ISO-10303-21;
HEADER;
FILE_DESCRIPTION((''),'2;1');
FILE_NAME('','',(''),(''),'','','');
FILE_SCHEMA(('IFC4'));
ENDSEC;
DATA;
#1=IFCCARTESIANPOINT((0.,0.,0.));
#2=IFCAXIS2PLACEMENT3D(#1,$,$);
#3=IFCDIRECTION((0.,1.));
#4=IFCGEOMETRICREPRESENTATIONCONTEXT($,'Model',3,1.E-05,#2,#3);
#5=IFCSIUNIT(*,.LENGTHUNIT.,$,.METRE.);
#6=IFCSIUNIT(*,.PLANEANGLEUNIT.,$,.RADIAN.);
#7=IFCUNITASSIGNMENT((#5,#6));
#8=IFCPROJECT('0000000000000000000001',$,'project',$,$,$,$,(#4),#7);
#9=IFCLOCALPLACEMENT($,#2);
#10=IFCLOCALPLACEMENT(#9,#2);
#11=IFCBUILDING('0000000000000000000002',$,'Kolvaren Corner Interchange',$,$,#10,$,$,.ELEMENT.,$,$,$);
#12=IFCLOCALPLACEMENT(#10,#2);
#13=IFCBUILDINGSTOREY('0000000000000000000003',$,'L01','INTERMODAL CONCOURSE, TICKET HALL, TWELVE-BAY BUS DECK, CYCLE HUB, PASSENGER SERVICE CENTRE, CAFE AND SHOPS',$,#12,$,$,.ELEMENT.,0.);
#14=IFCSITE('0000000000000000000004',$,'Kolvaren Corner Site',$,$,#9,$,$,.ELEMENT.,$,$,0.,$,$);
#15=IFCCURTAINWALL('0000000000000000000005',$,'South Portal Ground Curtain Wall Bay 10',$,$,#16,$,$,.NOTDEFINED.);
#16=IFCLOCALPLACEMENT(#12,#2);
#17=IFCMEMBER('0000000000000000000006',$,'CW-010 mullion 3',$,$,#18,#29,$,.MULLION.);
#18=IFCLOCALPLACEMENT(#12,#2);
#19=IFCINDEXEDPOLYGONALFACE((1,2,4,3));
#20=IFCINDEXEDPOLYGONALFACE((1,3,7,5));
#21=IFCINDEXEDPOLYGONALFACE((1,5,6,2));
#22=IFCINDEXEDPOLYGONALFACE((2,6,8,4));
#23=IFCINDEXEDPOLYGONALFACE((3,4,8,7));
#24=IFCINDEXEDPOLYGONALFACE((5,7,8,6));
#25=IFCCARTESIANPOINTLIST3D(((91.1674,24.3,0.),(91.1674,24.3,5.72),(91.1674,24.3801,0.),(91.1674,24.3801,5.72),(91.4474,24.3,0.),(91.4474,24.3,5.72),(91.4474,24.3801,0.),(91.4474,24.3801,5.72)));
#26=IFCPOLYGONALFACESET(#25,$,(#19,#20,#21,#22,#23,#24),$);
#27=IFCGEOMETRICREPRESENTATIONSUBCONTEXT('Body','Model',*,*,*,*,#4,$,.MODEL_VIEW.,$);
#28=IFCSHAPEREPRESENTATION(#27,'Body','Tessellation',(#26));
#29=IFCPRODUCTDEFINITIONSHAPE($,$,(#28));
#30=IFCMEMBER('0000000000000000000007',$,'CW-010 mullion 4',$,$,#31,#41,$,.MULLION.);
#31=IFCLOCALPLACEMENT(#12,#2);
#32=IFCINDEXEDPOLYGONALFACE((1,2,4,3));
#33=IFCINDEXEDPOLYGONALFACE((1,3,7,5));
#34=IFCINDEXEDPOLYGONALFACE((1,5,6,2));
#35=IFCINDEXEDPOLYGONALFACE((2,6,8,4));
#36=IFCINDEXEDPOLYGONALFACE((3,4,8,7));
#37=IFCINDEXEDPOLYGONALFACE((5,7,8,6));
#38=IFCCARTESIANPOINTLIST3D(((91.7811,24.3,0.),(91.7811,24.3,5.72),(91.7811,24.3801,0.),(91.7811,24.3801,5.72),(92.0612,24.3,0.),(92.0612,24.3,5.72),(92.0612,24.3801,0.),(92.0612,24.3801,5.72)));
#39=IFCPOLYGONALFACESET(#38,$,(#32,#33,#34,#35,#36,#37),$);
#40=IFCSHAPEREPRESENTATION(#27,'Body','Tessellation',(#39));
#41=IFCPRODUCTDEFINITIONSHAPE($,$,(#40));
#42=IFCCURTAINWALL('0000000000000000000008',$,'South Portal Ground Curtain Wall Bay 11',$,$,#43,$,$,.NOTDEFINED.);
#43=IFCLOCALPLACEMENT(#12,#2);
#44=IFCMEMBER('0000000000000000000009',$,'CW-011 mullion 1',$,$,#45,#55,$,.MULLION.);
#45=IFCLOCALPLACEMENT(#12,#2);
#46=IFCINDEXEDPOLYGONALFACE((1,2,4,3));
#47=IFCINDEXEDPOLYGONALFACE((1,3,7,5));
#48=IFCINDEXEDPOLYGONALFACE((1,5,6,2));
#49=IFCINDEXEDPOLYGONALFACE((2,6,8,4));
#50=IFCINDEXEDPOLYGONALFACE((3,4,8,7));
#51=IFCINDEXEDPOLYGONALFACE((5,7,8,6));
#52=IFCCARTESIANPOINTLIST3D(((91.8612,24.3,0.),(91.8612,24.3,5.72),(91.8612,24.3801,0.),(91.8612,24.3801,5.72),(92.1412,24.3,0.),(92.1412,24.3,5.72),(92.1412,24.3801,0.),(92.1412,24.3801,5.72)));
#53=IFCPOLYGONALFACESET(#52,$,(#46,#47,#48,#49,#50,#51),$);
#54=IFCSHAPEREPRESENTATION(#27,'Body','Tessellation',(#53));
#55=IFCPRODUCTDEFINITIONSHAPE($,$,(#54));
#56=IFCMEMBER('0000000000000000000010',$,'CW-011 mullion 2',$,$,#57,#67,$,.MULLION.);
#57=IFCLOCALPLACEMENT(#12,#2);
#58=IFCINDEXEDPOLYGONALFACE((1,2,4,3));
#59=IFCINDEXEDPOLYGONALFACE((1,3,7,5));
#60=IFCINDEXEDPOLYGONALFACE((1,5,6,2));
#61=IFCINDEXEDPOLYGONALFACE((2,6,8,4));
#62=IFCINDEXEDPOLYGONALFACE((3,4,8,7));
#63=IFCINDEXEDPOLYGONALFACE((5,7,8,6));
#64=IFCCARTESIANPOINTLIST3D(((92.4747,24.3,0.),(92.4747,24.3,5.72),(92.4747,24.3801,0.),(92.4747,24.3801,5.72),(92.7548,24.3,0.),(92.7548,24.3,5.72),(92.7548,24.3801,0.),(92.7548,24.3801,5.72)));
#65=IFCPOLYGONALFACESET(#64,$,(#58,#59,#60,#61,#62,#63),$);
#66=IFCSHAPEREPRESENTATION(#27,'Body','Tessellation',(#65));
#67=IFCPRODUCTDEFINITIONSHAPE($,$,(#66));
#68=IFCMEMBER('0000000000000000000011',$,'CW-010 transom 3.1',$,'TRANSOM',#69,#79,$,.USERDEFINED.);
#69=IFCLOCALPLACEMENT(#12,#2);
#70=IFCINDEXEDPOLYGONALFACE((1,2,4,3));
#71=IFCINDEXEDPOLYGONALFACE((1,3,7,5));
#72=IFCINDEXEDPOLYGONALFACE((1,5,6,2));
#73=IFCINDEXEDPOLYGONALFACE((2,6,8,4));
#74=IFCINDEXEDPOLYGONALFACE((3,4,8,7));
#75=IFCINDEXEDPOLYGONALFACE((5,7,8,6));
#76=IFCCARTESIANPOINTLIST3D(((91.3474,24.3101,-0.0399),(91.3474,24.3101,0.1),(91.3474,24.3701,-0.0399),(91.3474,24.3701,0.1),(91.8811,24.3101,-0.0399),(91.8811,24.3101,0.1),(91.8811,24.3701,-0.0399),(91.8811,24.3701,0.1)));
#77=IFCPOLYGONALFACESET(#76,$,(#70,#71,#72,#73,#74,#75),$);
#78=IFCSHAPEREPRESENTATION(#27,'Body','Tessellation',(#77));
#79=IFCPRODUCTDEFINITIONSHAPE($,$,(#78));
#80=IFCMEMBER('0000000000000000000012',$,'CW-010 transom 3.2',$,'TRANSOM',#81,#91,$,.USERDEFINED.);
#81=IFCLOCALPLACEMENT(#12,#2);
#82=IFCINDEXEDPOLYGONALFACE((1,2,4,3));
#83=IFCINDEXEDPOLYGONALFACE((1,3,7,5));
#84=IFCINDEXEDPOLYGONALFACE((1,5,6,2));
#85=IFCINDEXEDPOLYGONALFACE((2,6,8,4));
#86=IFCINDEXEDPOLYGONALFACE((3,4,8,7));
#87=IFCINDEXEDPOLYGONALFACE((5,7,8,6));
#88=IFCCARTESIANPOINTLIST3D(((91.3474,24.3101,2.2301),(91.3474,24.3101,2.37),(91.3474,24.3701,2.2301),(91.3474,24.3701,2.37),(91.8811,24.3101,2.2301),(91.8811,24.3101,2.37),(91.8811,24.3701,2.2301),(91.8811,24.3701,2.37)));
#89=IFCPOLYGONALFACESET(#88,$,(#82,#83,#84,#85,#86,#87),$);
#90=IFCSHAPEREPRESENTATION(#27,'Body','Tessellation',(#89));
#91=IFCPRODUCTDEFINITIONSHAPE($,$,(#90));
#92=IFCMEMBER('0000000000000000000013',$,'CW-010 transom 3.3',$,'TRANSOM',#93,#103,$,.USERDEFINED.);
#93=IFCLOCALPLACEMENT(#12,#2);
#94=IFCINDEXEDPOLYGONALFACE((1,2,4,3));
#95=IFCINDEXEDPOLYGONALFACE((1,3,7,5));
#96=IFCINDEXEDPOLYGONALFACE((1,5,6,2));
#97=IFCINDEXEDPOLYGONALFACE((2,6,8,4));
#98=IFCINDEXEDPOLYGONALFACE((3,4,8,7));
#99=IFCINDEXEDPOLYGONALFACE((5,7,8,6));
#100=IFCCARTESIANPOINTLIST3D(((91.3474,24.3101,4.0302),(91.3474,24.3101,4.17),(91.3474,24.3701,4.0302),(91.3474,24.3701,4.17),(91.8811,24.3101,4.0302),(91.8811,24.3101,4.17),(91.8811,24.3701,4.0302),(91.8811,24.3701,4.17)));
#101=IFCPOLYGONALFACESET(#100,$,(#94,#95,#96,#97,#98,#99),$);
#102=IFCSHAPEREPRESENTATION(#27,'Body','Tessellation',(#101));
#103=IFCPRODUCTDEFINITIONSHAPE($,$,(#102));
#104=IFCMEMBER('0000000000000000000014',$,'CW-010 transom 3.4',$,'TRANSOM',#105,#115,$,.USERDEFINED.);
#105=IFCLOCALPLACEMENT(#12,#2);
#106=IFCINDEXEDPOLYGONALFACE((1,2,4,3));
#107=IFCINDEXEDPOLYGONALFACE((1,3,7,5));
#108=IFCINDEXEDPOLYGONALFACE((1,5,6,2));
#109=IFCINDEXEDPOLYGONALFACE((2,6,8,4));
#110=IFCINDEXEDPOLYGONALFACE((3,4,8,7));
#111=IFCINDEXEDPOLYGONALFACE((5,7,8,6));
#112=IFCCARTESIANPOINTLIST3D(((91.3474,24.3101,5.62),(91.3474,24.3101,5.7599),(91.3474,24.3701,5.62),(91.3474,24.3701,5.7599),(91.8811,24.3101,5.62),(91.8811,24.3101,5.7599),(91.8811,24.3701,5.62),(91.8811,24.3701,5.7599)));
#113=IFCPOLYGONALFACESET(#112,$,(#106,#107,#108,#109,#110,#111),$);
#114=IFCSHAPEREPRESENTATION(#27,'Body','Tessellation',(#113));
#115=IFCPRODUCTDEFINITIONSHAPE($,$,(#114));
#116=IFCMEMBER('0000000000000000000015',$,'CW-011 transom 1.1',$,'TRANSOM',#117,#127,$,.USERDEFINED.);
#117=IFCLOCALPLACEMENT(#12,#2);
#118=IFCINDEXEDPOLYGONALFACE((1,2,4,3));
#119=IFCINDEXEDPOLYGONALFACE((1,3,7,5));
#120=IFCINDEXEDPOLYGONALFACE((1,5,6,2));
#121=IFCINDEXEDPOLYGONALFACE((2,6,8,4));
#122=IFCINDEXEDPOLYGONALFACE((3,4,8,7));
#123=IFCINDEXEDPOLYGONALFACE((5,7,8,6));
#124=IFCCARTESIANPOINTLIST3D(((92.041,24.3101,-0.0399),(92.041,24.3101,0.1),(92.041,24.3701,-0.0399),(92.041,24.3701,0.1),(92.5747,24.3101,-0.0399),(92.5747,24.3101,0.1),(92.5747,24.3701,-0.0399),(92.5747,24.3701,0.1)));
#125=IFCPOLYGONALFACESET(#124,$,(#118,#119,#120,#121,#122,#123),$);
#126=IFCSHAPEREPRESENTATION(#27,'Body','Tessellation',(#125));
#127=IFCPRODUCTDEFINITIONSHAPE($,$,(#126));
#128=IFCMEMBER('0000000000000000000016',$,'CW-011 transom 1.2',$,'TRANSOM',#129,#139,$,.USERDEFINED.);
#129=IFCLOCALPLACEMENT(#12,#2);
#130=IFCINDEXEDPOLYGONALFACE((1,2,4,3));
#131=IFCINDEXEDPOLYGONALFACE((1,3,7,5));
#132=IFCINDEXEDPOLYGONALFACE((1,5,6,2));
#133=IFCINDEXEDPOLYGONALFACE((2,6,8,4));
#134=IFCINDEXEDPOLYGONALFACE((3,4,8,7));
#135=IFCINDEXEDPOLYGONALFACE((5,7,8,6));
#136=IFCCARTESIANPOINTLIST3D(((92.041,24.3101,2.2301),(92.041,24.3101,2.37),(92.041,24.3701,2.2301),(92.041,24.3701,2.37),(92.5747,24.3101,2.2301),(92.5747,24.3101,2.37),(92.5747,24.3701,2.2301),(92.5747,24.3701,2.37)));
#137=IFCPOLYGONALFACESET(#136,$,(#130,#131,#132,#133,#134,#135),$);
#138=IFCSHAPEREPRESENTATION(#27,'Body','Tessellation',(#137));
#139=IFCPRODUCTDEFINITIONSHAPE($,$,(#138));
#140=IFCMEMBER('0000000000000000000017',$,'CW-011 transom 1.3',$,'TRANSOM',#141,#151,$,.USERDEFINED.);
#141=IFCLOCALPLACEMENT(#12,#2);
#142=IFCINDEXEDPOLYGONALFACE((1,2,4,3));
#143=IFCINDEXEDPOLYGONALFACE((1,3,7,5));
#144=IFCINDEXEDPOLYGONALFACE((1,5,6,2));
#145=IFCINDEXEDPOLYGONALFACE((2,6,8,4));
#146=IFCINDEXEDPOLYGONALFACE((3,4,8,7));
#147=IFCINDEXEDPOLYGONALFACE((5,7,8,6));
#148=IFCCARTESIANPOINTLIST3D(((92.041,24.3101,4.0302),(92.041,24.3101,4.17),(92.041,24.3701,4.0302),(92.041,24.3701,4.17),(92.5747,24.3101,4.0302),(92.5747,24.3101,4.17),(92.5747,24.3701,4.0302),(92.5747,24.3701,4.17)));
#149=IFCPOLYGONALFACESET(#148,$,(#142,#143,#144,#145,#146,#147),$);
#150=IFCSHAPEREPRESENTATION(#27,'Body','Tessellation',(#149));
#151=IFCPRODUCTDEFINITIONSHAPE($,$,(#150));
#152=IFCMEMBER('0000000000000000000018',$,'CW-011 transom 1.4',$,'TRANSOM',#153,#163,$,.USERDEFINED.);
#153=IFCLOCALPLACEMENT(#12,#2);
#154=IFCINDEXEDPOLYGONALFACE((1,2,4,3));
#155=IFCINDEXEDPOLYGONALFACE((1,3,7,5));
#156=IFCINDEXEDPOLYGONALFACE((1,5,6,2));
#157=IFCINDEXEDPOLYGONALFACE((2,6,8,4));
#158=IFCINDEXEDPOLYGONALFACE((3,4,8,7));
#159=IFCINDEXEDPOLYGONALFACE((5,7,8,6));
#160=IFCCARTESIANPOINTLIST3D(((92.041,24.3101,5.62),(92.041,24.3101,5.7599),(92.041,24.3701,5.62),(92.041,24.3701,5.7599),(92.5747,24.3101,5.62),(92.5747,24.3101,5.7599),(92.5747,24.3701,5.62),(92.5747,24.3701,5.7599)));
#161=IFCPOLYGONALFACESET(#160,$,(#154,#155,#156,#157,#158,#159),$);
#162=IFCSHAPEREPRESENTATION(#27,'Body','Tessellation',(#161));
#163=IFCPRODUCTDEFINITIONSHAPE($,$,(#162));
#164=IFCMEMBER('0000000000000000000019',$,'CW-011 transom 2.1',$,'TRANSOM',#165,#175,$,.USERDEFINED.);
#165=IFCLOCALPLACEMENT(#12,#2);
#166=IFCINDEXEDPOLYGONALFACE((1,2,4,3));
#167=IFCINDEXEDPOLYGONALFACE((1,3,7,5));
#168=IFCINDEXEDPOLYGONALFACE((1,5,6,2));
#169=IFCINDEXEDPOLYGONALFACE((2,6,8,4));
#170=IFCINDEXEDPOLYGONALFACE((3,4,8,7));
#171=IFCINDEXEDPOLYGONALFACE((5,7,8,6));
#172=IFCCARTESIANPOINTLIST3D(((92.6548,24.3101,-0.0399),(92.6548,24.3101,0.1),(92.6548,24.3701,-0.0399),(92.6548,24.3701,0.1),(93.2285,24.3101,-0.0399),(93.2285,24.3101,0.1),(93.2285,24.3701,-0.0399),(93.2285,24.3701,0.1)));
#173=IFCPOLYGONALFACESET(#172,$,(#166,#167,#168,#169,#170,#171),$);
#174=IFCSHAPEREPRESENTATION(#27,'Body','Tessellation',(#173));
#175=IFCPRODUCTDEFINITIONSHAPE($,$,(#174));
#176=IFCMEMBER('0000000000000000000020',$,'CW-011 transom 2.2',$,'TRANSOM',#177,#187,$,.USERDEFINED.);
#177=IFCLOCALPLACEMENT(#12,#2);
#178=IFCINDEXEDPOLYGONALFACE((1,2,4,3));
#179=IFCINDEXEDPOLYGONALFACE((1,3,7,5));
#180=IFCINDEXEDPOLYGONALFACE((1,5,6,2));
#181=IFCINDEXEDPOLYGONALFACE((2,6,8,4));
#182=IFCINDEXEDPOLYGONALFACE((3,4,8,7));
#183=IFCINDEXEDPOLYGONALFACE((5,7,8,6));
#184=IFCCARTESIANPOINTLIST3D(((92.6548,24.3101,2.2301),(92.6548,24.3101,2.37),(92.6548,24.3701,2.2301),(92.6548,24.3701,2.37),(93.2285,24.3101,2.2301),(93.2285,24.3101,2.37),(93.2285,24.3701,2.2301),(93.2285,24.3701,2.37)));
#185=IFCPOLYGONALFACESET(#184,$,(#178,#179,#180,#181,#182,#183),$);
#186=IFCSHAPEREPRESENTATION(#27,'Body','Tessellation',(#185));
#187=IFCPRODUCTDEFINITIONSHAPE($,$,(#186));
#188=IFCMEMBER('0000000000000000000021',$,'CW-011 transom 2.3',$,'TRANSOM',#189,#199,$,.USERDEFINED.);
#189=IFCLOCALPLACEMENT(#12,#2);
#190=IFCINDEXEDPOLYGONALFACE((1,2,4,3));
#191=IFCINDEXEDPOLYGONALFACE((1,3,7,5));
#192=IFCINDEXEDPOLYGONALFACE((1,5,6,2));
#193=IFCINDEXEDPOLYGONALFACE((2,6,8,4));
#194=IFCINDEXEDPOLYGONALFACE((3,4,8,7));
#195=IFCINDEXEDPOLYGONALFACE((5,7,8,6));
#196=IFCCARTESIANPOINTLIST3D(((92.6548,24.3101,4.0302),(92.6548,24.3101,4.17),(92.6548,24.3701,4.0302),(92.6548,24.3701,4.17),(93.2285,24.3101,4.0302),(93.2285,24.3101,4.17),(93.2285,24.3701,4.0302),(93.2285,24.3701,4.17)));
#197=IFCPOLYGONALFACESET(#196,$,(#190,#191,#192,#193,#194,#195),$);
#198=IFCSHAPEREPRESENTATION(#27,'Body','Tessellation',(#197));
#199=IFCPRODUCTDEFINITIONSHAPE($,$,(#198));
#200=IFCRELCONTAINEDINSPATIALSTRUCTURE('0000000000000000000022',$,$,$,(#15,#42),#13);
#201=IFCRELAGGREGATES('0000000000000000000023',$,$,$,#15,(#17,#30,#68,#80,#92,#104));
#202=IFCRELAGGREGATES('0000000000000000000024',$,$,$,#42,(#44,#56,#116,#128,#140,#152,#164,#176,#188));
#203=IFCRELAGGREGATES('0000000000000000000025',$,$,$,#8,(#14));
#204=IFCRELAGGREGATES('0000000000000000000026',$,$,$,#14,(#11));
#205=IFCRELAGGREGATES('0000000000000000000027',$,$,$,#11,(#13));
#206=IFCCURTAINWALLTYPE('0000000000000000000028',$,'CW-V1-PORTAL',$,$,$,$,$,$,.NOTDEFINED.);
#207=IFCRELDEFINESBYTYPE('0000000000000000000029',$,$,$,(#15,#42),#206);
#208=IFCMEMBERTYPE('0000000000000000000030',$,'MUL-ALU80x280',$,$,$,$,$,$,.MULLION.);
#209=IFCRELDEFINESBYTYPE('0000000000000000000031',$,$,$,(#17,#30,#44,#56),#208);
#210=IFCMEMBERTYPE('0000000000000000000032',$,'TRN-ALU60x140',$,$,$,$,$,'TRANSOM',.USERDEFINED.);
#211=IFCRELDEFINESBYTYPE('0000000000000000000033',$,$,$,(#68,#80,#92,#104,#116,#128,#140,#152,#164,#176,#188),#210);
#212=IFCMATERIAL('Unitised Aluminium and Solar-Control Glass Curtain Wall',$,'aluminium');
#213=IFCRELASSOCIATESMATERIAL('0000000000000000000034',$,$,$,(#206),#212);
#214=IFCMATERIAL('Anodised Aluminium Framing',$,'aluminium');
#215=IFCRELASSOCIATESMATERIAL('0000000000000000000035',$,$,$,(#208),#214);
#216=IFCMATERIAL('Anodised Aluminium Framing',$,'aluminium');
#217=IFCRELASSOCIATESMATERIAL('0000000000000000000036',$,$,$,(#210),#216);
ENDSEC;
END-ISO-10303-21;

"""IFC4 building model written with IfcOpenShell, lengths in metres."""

from ifc_helpers import new_model, si_unit, direction, frame, origin, origin_2d, place, context, subcontext, project, spatial, rectangle, extrude, material, material_profile, profile_set, type_object, element, aggregate, save


model = new_model("IFC4")

# Units and contexts
model_context = context("Model", 3, precision=1e-05, world=origin(), true_north=direction((0.0, 1.0)))
body_context = subcontext(model_context, "Body", "Model", "MODEL_VIEW")
ifc_project = project(units=[si_unit("LENGTHUNIT", "METRE"), si_unit("PLANEANGLEUNIT", "RADIAN")], contexts=[model_context])

# Site, building, storey
site_placement = place(None, origin())
site = spatial("IfcSite", under=ifc_project, at=site_placement, Name="Kolvaren Corner Site", CompositionType="ELEMENT", RefElevation=0.0)
building_placement = place(site_placement, origin())
building = spatial("IfcBuilding", under=site, at=building_placement, Name="Kolvaren Corner Interchange", CompositionType="ELEMENT")
storey_placement = place(building_placement, origin())
storey = spatial("IfcBuildingStorey", under=building, at=storey_placement, Name="L01", Description="INTERMODAL CONCOURSE, TICKET HALL, TWELVE-BAY BUS DECK, CYCLE HUB, PASSENGER SERVICE CENTRE, CAFE AND SHOPS", CompositionType="ELEMENT", Elevation=0.0)

# Curtain walls, members
ifc_material_1 = material(Name="Unitised Aluminium and Solar-Control Glass Curtain Wall", Category="aluminium")
curtain_wall_type = type_object("IfcCurtainWallType", Name="CW-V1-PORTAL", PredefinedType="NOTDEFINED", material=ifc_material_1)
curtain_wall_1_placement = place(storey_placement, origin())
curtain_wall_1 = element("IfcCurtainWall", 1, at=curtain_wall_1_placement, inside=storey, type_object=curtain_wall_type, Name="South Portal Ground Curtain Wall Bay 10", PredefinedType="NOTDEFINED")
ifc_material_2 = material(Name="Anodised Aluminium Framing", Category="aluminium")
ifc_material_profile_1 = material_profile(ifc_material_2, rectangle(XDim=0.0801, YDim=0.28, at=origin_2d()), Name="ALU 80x280")
ifc_profile_set_1 = profile_set([ifc_material_profile_1], Name="Anodised Aluminium Framing")
member_type_1 = type_object("IfcMemberType", Name="MUL-ALU80x280", PredefinedType="MULLION", material=ifc_profile_set_1)
member_1_placement = place(storey_placement, frame((91.3074, 24.3401, 0.0), z_axis=(0.0, 0.0, 1.0), x_axis=(0.0, 1.0, 0.0)))
member_1 = element("IfcMember", 2, at=member_1_placement, type_object=member_type_1, Name="CW-010 mullion 3", PredefinedType="MULLION", context=body_context, shape_type="SweptSolid", body=[
    extrude(rectangle(XDim=0.0801, YDim=0.28, at=origin_2d()), origin(), (0.0, 0.0, 1.0), 5.72),
])
member_2_placement = place(storey_placement, frame((91.9211, 24.3401, 0.0), z_axis=(0.0, 0.0, 1.0), x_axis=(0.0, 1.0, 0.0)))
member_2 = element("IfcMember", 3, at=member_2_placement, type_object=member_type_1, Name="CW-010 mullion 4", PredefinedType="MULLION", context=body_context, shape_type="SweptSolid", body=[
    extrude(rectangle(XDim=0.0801, YDim=0.28, at=origin_2d()), origin(), (0.0, 0.0, 1.0), 5.72),
])
curtain_wall_2_placement = place(storey_placement, origin())
curtain_wall_2 = element("IfcCurtainWall", 4, at=curtain_wall_2_placement, inside=storey, type_object=curtain_wall_type, Name="South Portal Ground Curtain Wall Bay 11", PredefinedType="NOTDEFINED")
member_3_placement = place(storey_placement, frame((92.0012, 24.3401, 0.0), z_axis=(0.0, 0.0, 1.0), x_axis=(0.0, 1.0, 0.0)))
member_3 = element("IfcMember", 5, at=member_3_placement, type_object=member_type_1, Name="CW-011 mullion 1", PredefinedType="MULLION", context=body_context, shape_type="SweptSolid", body=[
    extrude(rectangle(XDim=0.0801, YDim=0.28, at=origin_2d()), origin(), (0.0, 0.0, 1.0), 5.72),
])
member_4_placement = place(storey_placement, frame((92.6147, 24.3401, 0.0), z_axis=(0.0, 0.0, 1.0), x_axis=(0.0, 1.0, 0.0)))
member_4 = element("IfcMember", 6, at=member_4_placement, type_object=member_type_1, Name="CW-011 mullion 2", PredefinedType="MULLION", context=body_context, shape_type="SweptSolid", body=[
    extrude(rectangle(XDim=0.0801, YDim=0.28, at=origin_2d()), origin(), (0.0, 0.0, 1.0), 5.72),
])

# Members
ifc_material_3 = material(Name="Anodised Aluminium Framing", Category="aluminium")
ifc_material_profile_2 = material_profile(ifc_material_3, rectangle(XDim=0.0601, YDim=0.1399, at=origin_2d()), Name="ALU 60x140")
ifc_profile_set_2 = profile_set([ifc_material_profile_2], Name="Anodised Aluminium Framing")
member_type_2 = type_object("IfcMemberType", Name="TRN-ALU60x140", ElementType="TRANSOM", PredefinedType="USERDEFINED", material=ifc_profile_set_2)
member_5_placement = place(storey_placement, frame((91.3474, 24.3401, 0.03), z_axis=(1.0, 0.0, 0.0), x_axis=(0.0, 1.0, 0.0)))
member_5 = element("IfcMember", 7, at=member_5_placement, type_object=member_type_2, Name="CW-010 transom 3.1", ObjectType="TRANSOM", PredefinedType="USERDEFINED", context=body_context, shape_type="SweptSolid", body=[
    extrude(rectangle(XDim=0.0601, YDim=0.1399, at=origin_2d()), origin(), (0.0, 0.0, 1.0), 0.5337),
])
member_6_placement = place(storey_placement, frame((91.3474, 24.3401, 2.3), z_axis=(1.0, 0.0, 0.0), x_axis=(0.0, 1.0, 0.0)))
member_6 = element("IfcMember", 8, at=member_6_placement, type_object=member_type_2, Name="CW-010 transom 3.2", ObjectType="TRANSOM", PredefinedType="USERDEFINED", context=body_context, shape_type="SweptSolid", body=[
    extrude(rectangle(XDim=0.0601, YDim=0.1399, at=origin_2d()), origin(), (0.0, 0.0, 1.0), 0.5337),
])
member_7_placement = place(storey_placement, frame((91.3474, 24.3401, 4.1001), z_axis=(1.0, 0.0, 0.0), x_axis=(0.0, 1.0, 0.0)))
member_7 = element("IfcMember", 9, at=member_7_placement, type_object=member_type_2, Name="CW-010 transom 3.3", ObjectType="TRANSOM", PredefinedType="USERDEFINED", context=body_context, shape_type="SweptSolid", body=[
    extrude(rectangle(XDim=0.0601, YDim=0.1399, at=origin_2d()), origin(), (0.0, 0.0, 1.0), 0.5337),
])
member_8_placement = place(storey_placement, frame((91.3474, 24.3401, 5.6899), z_axis=(1.0, 0.0, 0.0), x_axis=(0.0, 1.0, 0.0)))
member_8 = element("IfcMember", 10, at=member_8_placement, type_object=member_type_2, Name="CW-010 transom 3.4", ObjectType="TRANSOM", PredefinedType="USERDEFINED", context=body_context, shape_type="SweptSolid", body=[
    extrude(rectangle(XDim=0.0601, YDim=0.1399, at=origin_2d()), origin(), (0.0, 0.0, 1.0), 0.5337),
])
member_9_placement = place(storey_placement, frame((92.041, 24.3401, 0.03), z_axis=(1.0, 0.0, 0.0), x_axis=(0.0, 1.0, 0.0)))
member_9 = element("IfcMember", 11, at=member_9_placement, type_object=member_type_2, Name="CW-011 transom 1.1", ObjectType="TRANSOM", PredefinedType="USERDEFINED", context=body_context, shape_type="SweptSolid", body=[
    extrude(rectangle(XDim=0.0601, YDim=0.1399, at=origin_2d()), origin(), (0.0, 0.0, 1.0), 0.5337),
])
member_10_placement = place(storey_placement, frame((92.041, 24.3401, 2.3), z_axis=(1.0, 0.0, 0.0), x_axis=(0.0, 1.0, 0.0)))
member_10 = element("IfcMember", 12, at=member_10_placement, type_object=member_type_2, Name="CW-011 transom 1.2", ObjectType="TRANSOM", PredefinedType="USERDEFINED", context=body_context, shape_type="SweptSolid", body=[
    extrude(rectangle(XDim=0.0601, YDim=0.1399, at=origin_2d()), origin(), (0.0, 0.0, 1.0), 0.5337),
])
member_11_placement = place(storey_placement, frame((92.041, 24.3401, 4.1001), z_axis=(1.0, 0.0, 0.0), x_axis=(0.0, 1.0, 0.0)))
member_11 = element("IfcMember", 13, at=member_11_placement, type_object=member_type_2, Name="CW-011 transom 1.3", ObjectType="TRANSOM", PredefinedType="USERDEFINED", context=body_context, shape_type="SweptSolid", body=[
    extrude(rectangle(XDim=0.0601, YDim=0.1399, at=origin_2d()), origin(), (0.0, 0.0, 1.0), 0.5337),
])
member_12_placement = place(storey_placement, frame((92.041, 24.3401, 5.6899), z_axis=(1.0, 0.0, 0.0), x_axis=(0.0, 1.0, 0.0)))
member_12 = element("IfcMember", 14, at=member_12_placement, type_object=member_type_2, Name="CW-011 transom 1.4", ObjectType="TRANSOM", PredefinedType="USERDEFINED", context=body_context, shape_type="SweptSolid", body=[
    extrude(rectangle(XDim=0.0601, YDim=0.1399, at=origin_2d()), origin(), (0.0, 0.0, 1.0), 0.5337),
])
member_13_placement = place(storey_placement, frame((92.6548, 24.3401, 0.03), z_axis=(1.0, 0.0, 0.0), x_axis=(0.0, 1.0, 0.0)))
member_13 = element("IfcMember", 15, at=member_13_placement, type_object=member_type_2, Name="CW-011 transom 2.1", ObjectType="TRANSOM", PredefinedType="USERDEFINED", context=body_context, shape_type="SweptSolid", body=[
    extrude(rectangle(XDim=0.0601, YDim=0.1399, at=origin_2d()), origin(), (0.0, 0.0, 1.0), 0.5737),
])
member_14_placement = place(storey_placement, frame((92.6548, 24.3401, 2.3), z_axis=(1.0, 0.0, 0.0), x_axis=(0.0, 1.0, 0.0)))
member_14 = element("IfcMember", 16, at=member_14_placement, type_object=member_type_2, Name="CW-011 transom 2.2", ObjectType="TRANSOM", PredefinedType="USERDEFINED", context=body_context, shape_type="SweptSolid", body=[
    extrude(rectangle(XDim=0.0601, YDim=0.1399, at=origin_2d()), origin(), (0.0, 0.0, 1.0), 0.5737),
])
member_15_placement = place(storey_placement, frame((92.6548, 24.3401, 4.1001), z_axis=(1.0, 0.0, 0.0), x_axis=(0.0, 1.0, 0.0)))
member_15 = element("IfcMember", 17, at=member_15_placement, type_object=member_type_2, Name="CW-011 transom 2.3", ObjectType="TRANSOM", PredefinedType="USERDEFINED", context=body_context, shape_type="SweptSolid", body=[
    extrude(rectangle(XDim=0.0601, YDim=0.1399, at=origin_2d()), origin(), (0.0, 0.0, 1.0), 0.5737),
])

aggregate(curtain_wall_1, [member_1, member_2, member_5, member_6, member_7, member_8])
aggregate(curtain_wall_2, [member_3, member_4, member_9, member_10, member_11, member_12, member_13, member_14, member_15])

save(model, "model.ifc")
